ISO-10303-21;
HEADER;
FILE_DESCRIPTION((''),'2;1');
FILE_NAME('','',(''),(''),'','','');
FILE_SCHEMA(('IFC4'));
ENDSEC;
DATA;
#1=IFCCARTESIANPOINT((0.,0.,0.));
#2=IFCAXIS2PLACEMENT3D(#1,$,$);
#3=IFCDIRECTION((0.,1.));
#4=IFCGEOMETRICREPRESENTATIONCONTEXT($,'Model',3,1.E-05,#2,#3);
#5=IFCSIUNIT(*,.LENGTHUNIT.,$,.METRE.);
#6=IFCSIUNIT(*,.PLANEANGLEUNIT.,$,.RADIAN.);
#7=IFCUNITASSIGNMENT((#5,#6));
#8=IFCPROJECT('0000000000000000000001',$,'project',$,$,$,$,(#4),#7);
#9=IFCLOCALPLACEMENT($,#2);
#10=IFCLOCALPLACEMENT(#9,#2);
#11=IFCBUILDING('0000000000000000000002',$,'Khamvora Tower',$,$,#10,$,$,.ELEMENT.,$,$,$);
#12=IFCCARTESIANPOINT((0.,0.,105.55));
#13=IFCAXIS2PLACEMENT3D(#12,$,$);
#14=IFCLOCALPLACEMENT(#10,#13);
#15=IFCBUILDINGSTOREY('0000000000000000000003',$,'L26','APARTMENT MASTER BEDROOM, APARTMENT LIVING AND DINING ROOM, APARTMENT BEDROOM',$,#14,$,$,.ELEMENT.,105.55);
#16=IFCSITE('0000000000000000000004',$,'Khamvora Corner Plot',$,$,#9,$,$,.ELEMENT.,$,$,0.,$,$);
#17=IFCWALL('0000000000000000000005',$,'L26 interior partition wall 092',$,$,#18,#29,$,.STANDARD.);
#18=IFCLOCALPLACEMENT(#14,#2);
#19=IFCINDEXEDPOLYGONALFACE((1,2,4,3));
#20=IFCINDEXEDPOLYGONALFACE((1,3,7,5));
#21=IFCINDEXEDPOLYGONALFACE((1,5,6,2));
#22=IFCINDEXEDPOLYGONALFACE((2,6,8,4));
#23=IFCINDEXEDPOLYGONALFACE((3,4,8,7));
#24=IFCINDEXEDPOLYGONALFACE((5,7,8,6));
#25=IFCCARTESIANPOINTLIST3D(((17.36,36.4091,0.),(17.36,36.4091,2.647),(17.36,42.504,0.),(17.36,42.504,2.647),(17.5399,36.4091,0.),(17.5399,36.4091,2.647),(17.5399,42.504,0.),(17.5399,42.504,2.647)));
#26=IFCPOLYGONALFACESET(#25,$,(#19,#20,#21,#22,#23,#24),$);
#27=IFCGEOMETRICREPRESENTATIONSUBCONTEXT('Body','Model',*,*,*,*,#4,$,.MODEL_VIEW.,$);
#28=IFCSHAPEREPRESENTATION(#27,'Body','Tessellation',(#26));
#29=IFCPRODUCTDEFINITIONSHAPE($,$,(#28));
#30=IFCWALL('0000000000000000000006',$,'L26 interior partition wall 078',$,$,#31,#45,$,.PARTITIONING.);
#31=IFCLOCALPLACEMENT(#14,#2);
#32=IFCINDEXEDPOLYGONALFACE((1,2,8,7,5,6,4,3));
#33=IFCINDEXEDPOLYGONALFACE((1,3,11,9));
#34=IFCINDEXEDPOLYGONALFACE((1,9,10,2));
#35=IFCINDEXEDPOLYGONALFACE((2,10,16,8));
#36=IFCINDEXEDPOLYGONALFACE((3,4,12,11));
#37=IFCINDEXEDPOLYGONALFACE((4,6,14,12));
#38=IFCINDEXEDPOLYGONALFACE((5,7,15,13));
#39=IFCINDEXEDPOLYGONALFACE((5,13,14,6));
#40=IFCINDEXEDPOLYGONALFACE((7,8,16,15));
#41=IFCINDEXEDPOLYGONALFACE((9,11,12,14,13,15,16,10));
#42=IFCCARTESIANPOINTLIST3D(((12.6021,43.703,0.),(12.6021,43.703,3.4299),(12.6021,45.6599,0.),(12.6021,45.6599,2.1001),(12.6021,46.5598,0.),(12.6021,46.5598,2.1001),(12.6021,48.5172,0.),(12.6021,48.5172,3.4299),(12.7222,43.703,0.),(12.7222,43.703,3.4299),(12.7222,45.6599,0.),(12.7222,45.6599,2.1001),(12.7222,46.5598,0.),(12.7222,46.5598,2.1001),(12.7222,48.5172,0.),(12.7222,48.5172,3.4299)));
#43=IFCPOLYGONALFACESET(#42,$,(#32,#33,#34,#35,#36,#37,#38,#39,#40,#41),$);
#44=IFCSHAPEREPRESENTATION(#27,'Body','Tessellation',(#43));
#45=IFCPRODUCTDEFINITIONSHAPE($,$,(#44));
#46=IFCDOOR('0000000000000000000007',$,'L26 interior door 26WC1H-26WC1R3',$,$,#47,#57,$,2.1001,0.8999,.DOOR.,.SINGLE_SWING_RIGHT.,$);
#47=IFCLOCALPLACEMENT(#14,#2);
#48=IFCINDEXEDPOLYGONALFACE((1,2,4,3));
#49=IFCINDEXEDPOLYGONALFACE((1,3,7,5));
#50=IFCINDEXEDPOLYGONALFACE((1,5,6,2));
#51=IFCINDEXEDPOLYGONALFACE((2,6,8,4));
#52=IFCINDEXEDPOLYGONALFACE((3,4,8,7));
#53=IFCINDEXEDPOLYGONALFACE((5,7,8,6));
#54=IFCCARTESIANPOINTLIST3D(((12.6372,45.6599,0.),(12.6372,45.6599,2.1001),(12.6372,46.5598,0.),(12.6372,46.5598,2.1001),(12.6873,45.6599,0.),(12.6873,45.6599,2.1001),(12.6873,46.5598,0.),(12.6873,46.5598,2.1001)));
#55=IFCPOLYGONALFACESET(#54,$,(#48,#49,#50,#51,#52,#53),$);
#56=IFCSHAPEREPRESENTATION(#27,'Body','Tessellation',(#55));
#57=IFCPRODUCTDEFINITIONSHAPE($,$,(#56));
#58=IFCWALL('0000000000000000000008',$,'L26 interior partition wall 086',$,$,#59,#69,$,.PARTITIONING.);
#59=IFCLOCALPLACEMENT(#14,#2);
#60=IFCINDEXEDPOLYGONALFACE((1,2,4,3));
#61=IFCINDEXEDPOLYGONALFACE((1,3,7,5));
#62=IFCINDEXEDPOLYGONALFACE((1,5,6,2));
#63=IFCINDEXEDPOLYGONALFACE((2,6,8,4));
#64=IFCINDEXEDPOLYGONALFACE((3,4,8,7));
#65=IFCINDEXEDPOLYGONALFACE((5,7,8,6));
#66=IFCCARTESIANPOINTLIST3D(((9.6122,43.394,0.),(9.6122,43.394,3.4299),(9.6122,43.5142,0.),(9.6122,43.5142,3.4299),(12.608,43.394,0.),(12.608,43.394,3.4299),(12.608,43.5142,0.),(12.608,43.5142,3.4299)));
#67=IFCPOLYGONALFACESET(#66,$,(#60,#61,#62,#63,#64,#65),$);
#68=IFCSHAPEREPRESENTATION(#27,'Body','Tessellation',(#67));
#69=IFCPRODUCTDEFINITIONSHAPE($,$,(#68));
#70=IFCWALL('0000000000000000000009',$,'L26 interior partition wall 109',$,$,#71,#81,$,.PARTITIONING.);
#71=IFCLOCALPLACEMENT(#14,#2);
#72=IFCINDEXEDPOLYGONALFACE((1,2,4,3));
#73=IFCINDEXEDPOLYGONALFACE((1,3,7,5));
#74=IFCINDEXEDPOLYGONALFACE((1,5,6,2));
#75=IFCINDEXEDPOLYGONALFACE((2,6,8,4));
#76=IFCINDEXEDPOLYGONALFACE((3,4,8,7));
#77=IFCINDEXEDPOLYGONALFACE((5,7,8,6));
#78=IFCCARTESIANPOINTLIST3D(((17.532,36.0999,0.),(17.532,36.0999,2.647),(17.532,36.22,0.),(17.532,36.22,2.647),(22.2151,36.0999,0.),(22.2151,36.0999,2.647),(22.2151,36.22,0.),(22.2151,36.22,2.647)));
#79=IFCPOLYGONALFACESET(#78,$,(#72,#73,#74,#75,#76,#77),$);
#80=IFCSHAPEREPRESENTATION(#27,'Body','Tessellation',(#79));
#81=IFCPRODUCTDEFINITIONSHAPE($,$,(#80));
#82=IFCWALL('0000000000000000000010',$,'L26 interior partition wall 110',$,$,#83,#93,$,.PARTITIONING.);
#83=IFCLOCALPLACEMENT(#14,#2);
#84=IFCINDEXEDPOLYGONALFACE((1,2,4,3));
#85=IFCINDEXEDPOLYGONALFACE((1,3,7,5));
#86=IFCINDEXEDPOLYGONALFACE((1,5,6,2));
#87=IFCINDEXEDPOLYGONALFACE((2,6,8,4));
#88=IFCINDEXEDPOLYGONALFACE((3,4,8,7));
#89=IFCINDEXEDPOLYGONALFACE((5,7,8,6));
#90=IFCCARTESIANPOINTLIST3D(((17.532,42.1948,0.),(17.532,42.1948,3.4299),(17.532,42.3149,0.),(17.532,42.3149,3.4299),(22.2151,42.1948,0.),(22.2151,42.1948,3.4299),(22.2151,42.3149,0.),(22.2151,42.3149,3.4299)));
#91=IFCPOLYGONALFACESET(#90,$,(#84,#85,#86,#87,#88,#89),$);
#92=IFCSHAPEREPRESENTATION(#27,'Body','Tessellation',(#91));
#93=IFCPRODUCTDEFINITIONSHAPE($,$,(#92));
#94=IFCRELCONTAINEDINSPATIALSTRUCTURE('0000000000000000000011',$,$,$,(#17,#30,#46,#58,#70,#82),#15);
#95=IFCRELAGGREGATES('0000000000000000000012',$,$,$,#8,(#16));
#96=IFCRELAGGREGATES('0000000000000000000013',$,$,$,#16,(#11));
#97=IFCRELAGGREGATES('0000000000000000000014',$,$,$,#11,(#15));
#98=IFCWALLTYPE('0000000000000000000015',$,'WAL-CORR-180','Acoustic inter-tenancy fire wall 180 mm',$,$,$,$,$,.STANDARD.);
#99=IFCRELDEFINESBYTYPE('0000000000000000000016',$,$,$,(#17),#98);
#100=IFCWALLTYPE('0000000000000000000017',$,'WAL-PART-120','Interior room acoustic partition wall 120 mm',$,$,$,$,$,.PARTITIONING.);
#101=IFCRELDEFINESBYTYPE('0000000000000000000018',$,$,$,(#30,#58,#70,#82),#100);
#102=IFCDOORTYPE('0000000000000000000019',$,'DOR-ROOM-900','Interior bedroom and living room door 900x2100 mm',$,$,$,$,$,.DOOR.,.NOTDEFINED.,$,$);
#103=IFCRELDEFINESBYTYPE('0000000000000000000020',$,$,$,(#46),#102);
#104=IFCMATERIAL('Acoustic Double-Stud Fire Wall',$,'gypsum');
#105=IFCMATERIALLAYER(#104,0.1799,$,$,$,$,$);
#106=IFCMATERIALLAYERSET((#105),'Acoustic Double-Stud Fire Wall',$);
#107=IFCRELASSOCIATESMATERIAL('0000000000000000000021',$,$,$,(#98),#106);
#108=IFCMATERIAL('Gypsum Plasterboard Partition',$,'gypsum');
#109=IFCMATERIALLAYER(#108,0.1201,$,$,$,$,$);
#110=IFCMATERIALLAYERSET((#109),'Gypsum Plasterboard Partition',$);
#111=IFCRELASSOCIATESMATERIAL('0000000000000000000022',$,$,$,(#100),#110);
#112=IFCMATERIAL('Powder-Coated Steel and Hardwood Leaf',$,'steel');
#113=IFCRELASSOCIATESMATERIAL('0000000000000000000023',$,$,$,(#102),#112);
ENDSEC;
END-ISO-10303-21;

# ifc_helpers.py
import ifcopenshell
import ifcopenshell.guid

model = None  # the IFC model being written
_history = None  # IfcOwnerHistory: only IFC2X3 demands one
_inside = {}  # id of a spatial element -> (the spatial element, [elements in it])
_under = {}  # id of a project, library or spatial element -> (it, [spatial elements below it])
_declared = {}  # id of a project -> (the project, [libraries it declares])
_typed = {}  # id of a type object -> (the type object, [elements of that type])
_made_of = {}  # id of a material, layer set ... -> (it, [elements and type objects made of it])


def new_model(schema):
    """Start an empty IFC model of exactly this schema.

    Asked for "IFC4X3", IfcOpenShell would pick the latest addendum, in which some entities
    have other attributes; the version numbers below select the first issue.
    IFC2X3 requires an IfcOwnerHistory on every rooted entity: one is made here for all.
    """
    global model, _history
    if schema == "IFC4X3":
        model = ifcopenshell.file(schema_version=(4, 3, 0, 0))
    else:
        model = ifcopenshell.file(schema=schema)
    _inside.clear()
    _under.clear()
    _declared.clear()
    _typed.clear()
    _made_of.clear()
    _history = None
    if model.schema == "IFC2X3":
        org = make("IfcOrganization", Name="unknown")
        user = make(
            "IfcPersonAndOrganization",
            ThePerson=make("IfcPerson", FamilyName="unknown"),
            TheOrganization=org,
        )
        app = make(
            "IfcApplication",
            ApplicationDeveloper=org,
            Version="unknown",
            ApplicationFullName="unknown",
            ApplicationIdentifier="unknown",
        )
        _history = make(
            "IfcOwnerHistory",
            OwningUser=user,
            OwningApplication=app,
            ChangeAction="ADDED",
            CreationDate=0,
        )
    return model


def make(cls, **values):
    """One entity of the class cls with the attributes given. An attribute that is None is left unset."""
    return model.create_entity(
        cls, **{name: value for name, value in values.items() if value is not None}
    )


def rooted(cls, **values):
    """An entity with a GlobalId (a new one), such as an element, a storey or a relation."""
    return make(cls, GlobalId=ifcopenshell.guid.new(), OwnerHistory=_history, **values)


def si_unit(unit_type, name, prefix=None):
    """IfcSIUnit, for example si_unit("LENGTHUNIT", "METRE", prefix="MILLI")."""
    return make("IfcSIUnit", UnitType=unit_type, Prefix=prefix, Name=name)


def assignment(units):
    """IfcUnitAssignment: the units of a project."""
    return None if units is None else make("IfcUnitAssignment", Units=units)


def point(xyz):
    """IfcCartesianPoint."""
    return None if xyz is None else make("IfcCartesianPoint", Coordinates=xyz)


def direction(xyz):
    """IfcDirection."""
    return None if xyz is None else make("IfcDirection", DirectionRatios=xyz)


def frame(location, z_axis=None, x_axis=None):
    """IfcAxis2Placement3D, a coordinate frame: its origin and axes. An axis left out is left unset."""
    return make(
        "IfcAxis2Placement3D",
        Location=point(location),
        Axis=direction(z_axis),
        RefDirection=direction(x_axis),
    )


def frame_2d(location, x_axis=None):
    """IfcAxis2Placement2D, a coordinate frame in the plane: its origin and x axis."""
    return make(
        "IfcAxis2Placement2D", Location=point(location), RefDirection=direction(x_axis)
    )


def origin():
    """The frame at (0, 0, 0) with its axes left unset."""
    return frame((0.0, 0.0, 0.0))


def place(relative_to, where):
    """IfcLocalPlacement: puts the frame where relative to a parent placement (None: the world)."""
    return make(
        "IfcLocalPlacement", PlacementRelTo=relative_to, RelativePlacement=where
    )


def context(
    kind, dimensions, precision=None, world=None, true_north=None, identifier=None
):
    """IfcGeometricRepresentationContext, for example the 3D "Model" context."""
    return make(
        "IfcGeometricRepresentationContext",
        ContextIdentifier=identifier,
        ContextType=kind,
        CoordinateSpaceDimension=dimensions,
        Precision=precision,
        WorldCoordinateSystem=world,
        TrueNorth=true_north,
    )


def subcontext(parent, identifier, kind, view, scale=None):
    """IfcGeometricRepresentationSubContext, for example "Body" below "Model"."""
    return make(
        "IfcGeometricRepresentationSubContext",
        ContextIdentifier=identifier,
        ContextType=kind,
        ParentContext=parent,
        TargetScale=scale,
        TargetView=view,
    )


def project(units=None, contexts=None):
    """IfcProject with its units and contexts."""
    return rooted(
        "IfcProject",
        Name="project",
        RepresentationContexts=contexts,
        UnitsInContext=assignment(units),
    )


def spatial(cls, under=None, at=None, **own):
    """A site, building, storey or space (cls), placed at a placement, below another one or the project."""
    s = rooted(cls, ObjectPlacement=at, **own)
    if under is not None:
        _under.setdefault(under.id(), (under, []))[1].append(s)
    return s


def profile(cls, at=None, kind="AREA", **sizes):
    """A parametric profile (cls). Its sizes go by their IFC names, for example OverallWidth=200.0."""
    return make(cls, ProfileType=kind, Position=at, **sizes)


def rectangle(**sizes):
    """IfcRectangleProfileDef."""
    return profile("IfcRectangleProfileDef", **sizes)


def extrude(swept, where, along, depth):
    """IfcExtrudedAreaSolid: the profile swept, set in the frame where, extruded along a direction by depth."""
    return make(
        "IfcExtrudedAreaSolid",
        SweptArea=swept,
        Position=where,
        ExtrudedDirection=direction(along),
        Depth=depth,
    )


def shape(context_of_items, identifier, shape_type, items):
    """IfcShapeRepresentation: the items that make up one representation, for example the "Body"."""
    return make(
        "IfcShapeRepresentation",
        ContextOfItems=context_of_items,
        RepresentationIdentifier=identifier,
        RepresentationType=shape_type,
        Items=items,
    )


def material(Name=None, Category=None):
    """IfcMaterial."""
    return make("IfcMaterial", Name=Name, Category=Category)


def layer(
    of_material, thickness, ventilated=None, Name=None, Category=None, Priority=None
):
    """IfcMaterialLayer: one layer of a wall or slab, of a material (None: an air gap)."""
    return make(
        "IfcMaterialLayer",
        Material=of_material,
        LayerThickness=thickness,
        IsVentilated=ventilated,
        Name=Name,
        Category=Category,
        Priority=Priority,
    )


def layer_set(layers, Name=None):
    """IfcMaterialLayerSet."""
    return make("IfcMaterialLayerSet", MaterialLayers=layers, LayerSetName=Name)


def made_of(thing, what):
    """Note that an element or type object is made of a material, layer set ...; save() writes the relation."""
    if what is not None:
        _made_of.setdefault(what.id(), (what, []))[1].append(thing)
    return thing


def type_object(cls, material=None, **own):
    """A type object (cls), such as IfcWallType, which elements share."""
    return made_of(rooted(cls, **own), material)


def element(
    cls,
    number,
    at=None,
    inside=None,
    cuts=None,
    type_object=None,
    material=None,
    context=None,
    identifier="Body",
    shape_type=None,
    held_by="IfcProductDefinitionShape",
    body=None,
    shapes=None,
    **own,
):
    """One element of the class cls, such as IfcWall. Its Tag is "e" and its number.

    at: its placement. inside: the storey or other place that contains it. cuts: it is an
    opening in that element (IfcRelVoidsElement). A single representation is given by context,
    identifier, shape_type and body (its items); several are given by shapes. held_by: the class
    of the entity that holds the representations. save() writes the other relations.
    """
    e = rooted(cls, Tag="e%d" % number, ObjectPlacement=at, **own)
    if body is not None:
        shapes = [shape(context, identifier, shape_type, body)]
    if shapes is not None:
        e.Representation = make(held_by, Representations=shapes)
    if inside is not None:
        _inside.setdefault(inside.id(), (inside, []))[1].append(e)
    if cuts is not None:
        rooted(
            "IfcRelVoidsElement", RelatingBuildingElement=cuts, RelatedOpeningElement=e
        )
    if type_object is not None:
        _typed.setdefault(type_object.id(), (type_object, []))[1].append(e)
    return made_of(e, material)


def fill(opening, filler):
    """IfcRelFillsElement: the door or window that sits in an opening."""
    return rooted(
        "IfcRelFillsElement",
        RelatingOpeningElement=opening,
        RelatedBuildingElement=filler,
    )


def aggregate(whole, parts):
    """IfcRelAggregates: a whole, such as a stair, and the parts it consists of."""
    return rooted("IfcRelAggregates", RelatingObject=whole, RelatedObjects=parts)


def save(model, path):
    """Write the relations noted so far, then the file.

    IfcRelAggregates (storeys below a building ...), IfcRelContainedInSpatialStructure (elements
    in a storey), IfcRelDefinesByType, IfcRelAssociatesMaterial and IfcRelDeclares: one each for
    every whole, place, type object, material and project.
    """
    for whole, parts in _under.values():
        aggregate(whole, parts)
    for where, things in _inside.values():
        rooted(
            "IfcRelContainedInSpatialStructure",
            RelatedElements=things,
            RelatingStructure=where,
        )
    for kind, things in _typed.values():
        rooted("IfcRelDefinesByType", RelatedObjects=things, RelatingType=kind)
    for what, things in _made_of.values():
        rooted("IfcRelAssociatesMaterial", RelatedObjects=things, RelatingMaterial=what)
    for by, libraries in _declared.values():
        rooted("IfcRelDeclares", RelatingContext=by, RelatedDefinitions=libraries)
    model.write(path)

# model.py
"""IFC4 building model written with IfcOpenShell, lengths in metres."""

from ifc_helpers import new_model, si_unit, direction, frame, frame_2d, origin, place, context, subcontext, project, spatial, rectangle, extrude, material, layer, layer_set, type_object, element, fill, save


model = new_model("IFC4")

# Units and contexts
model_context = context("Model", 3, precision=1e-05, world=origin(), true_north=direction((0.0, 1.0)))
body_context = subcontext(model_context, "Body", "Model", "MODEL_VIEW")
ifc_project = project(units=[si_unit("LENGTHUNIT", "METRE"), si_unit("PLANEANGLEUNIT", "RADIAN")], contexts=[model_context])

# Site, building, storey
site_placement = place(None, origin())
site = spatial("IfcSite", under=ifc_project, at=site_placement, Name="Khamvora Corner Plot", CompositionType="ELEMENT", RefElevation=0.0)
building_placement = place(site_placement, origin())
building = spatial("IfcBuilding", under=site, at=building_placement, Name="Khamvora Tower", CompositionType="ELEMENT")
storey_placement = place(building_placement, frame((0.0, 0.0, 105.55)))
storey = spatial("IfcBuildingStorey", under=building, at=storey_placement, Name="L26", Description="APARTMENT MASTER BEDROOM, APARTMENT LIVING AND DINING ROOM, APARTMENT BEDROOM", CompositionType="ELEMENT", Elevation=105.55)

# Wall
ifc_material_1 = material(Name="Acoustic Double-Stud Fire Wall", Category="gypsum")
ifc_layer_1 = layer(ifc_material_1, 0.1799)
ifc_layer_set_1 = layer_set([ifc_layer_1], Name="Acoustic Double-Stud Fire Wall")
wall_type_1 = type_object("IfcWallType", Name="WAL-CORR-180", Description="Acoustic inter-tenancy fire wall 180 mm", PredefinedType="STANDARD", material=ifc_layer_set_1)
wall_1_placement = place(storey_placement, frame((17.45, 42.5039, 0.0), z_axis=(0.0, 0.0, 1.0), x_axis=(0.0, -1.0, 0.0)))
element("IfcWall", 1, at=wall_1_placement, inside=storey, type_object=wall_type_1, Name="L26 interior partition wall 092", PredefinedType="STANDARD", context=body_context, shape_type="SweptSolid", body=[
    extrude(rectangle(XDim=6.095, YDim=0.1799, at=frame_2d((3.0474, 0.0))), origin(), (0.0, 0.0, 1.0), 2.647),
])

# Wall, opening, door
ifc_material_2 = material(Name="Gypsum Plasterboard Partition", Category="gypsum")
ifc_layer_2 = layer(ifc_material_2, 0.1201)
ifc_layer_set_2 = layer_set([ifc_layer_2], Name="Gypsum Plasterboard Partition")
wall_type_2 = type_object("IfcWallType", Name="WAL-PART-120", Description="Interior room acoustic partition wall 120 mm", PredefinedType="PARTITIONING", material=ifc_layer_set_2)
wall_2_placement = place(storey_placement, frame((12.6621, 43.7029, 0.0), z_axis=(0.0, 0.0, 1.0), x_axis=(0.0, 1.0, 0.0)))
wall_2 = element("IfcWall", 2, at=wall_2_placement, inside=storey, type_object=wall_type_2, Name="L26 interior partition wall 078", PredefinedType="PARTITIONING", context=body_context, shape_type="SweptSolid", body=[
    extrude(rectangle(XDim=4.8142, YDim=0.1201, at=frame_2d((2.4072, 0.0))), origin(), (0.0, 0.0, 1.0), 3.4299),
])
opening_placement = place(wall_2_placement, frame((1.957, 0.0, 0.0)))
opening = element("IfcOpeningElement", 3, at=opening_placement, cuts=wall_2, PredefinedType="OPENING", context=body_context, shape_type="SweptSolid", body=[
    extrude(rectangle(XDim=0.8999, YDim=2.1001, at=frame_2d((0.45, 1.05))), frame((0.0, 0.0701, 0.0), z_axis=(0.0, -1.0, 0.0), x_axis=(1.0, 0.0, 0.0)), (0.0, 0.0, 1.0), 0.1401),
])
ifc_material_3 = material(Name="Powder-Coated Steel and Hardwood Leaf", Category="steel")
door_type = type_object("IfcDoorType", Name="DOR-ROOM-900", Description="Interior bedroom and living room door 900x2100 mm", OperationType="NOTDEFINED", PredefinedType="DOOR", material=ifc_material_3)
door_placement = place(opening_placement, origin())
door = element("IfcDoor", 4, at=door_placement, inside=storey, type_object=door_type, Name="L26 interior door 26WC1H-26WC1R3", OperationType="SINGLE_SWING_RIGHT", OverallHeight=2.1001, OverallWidth=0.8999, PredefinedType="DOOR", context=body_context, shape_type="SweptSolid", body=[
    extrude(rectangle(XDim=0.8999, YDim=2.1001, at=frame_2d((0.45, 1.05))), frame((0.0, 0.0249, 0.0), z_axis=(0.0, -1.0, 0.0), x_axis=(1.0, 0.0, 0.0)), (0.0, 0.0, 1.0), 0.05),
])
fill(opening, door)

# Walls
wall_3_placement = place(storey_placement, frame((9.6121, 43.4541, 0.0), z_axis=(0.0, 0.0, 1.0), x_axis=(1.0, 0.0, 0.0)))
element("IfcWall", 5, at=wall_3_placement, inside=storey, type_object=wall_type_2, Name="L26 interior partition wall 086", PredefinedType="PARTITIONING", context=body_context, shape_type="SweptSolid", body=[
    extrude(rectangle(XDim=2.9958, YDim=0.1201, at=frame_2d((1.498, 0.0))), origin(), (0.0, 0.0, 1.0), 3.4299),
])
wall_4_placement = place(storey_placement, frame((17.532, 36.1599, 0.0), z_axis=(0.0, 0.0, 1.0), x_axis=(1.0, 0.0, 0.0)))
element("IfcWall", 6, at=wall_4_placement, inside=storey, type_object=wall_type_2, Name="L26 interior partition wall 109", PredefinedType="PARTITIONING", context=body_context, shape_type="SweptSolid", body=[
    extrude(rectangle(XDim=4.6831, YDim=0.1201, at=frame_2d((2.3416, 0.0))), origin(), (0.0, 0.0, 1.0), 2.647),
])
wall_5_placement = place(storey_placement, frame((17.532, 42.2549, 0.0), z_axis=(0.0, 0.0, 1.0), x_axis=(1.0, 0.0, 0.0)))
element("IfcWall", 7, at=wall_5_placement, inside=storey, type_object=wall_type_2, Name="L26 interior partition wall 110", PredefinedType="PARTITIONING", context=body_context, shape_type="SweptSolid", body=[
    extrude(rectangle(XDim=4.6831, YDim=0.1201, at=frame_2d((2.3416, 0.0))), origin(), (0.0, 0.0, 1.0), 3.4299),
])

save(model, "model.ifc")
